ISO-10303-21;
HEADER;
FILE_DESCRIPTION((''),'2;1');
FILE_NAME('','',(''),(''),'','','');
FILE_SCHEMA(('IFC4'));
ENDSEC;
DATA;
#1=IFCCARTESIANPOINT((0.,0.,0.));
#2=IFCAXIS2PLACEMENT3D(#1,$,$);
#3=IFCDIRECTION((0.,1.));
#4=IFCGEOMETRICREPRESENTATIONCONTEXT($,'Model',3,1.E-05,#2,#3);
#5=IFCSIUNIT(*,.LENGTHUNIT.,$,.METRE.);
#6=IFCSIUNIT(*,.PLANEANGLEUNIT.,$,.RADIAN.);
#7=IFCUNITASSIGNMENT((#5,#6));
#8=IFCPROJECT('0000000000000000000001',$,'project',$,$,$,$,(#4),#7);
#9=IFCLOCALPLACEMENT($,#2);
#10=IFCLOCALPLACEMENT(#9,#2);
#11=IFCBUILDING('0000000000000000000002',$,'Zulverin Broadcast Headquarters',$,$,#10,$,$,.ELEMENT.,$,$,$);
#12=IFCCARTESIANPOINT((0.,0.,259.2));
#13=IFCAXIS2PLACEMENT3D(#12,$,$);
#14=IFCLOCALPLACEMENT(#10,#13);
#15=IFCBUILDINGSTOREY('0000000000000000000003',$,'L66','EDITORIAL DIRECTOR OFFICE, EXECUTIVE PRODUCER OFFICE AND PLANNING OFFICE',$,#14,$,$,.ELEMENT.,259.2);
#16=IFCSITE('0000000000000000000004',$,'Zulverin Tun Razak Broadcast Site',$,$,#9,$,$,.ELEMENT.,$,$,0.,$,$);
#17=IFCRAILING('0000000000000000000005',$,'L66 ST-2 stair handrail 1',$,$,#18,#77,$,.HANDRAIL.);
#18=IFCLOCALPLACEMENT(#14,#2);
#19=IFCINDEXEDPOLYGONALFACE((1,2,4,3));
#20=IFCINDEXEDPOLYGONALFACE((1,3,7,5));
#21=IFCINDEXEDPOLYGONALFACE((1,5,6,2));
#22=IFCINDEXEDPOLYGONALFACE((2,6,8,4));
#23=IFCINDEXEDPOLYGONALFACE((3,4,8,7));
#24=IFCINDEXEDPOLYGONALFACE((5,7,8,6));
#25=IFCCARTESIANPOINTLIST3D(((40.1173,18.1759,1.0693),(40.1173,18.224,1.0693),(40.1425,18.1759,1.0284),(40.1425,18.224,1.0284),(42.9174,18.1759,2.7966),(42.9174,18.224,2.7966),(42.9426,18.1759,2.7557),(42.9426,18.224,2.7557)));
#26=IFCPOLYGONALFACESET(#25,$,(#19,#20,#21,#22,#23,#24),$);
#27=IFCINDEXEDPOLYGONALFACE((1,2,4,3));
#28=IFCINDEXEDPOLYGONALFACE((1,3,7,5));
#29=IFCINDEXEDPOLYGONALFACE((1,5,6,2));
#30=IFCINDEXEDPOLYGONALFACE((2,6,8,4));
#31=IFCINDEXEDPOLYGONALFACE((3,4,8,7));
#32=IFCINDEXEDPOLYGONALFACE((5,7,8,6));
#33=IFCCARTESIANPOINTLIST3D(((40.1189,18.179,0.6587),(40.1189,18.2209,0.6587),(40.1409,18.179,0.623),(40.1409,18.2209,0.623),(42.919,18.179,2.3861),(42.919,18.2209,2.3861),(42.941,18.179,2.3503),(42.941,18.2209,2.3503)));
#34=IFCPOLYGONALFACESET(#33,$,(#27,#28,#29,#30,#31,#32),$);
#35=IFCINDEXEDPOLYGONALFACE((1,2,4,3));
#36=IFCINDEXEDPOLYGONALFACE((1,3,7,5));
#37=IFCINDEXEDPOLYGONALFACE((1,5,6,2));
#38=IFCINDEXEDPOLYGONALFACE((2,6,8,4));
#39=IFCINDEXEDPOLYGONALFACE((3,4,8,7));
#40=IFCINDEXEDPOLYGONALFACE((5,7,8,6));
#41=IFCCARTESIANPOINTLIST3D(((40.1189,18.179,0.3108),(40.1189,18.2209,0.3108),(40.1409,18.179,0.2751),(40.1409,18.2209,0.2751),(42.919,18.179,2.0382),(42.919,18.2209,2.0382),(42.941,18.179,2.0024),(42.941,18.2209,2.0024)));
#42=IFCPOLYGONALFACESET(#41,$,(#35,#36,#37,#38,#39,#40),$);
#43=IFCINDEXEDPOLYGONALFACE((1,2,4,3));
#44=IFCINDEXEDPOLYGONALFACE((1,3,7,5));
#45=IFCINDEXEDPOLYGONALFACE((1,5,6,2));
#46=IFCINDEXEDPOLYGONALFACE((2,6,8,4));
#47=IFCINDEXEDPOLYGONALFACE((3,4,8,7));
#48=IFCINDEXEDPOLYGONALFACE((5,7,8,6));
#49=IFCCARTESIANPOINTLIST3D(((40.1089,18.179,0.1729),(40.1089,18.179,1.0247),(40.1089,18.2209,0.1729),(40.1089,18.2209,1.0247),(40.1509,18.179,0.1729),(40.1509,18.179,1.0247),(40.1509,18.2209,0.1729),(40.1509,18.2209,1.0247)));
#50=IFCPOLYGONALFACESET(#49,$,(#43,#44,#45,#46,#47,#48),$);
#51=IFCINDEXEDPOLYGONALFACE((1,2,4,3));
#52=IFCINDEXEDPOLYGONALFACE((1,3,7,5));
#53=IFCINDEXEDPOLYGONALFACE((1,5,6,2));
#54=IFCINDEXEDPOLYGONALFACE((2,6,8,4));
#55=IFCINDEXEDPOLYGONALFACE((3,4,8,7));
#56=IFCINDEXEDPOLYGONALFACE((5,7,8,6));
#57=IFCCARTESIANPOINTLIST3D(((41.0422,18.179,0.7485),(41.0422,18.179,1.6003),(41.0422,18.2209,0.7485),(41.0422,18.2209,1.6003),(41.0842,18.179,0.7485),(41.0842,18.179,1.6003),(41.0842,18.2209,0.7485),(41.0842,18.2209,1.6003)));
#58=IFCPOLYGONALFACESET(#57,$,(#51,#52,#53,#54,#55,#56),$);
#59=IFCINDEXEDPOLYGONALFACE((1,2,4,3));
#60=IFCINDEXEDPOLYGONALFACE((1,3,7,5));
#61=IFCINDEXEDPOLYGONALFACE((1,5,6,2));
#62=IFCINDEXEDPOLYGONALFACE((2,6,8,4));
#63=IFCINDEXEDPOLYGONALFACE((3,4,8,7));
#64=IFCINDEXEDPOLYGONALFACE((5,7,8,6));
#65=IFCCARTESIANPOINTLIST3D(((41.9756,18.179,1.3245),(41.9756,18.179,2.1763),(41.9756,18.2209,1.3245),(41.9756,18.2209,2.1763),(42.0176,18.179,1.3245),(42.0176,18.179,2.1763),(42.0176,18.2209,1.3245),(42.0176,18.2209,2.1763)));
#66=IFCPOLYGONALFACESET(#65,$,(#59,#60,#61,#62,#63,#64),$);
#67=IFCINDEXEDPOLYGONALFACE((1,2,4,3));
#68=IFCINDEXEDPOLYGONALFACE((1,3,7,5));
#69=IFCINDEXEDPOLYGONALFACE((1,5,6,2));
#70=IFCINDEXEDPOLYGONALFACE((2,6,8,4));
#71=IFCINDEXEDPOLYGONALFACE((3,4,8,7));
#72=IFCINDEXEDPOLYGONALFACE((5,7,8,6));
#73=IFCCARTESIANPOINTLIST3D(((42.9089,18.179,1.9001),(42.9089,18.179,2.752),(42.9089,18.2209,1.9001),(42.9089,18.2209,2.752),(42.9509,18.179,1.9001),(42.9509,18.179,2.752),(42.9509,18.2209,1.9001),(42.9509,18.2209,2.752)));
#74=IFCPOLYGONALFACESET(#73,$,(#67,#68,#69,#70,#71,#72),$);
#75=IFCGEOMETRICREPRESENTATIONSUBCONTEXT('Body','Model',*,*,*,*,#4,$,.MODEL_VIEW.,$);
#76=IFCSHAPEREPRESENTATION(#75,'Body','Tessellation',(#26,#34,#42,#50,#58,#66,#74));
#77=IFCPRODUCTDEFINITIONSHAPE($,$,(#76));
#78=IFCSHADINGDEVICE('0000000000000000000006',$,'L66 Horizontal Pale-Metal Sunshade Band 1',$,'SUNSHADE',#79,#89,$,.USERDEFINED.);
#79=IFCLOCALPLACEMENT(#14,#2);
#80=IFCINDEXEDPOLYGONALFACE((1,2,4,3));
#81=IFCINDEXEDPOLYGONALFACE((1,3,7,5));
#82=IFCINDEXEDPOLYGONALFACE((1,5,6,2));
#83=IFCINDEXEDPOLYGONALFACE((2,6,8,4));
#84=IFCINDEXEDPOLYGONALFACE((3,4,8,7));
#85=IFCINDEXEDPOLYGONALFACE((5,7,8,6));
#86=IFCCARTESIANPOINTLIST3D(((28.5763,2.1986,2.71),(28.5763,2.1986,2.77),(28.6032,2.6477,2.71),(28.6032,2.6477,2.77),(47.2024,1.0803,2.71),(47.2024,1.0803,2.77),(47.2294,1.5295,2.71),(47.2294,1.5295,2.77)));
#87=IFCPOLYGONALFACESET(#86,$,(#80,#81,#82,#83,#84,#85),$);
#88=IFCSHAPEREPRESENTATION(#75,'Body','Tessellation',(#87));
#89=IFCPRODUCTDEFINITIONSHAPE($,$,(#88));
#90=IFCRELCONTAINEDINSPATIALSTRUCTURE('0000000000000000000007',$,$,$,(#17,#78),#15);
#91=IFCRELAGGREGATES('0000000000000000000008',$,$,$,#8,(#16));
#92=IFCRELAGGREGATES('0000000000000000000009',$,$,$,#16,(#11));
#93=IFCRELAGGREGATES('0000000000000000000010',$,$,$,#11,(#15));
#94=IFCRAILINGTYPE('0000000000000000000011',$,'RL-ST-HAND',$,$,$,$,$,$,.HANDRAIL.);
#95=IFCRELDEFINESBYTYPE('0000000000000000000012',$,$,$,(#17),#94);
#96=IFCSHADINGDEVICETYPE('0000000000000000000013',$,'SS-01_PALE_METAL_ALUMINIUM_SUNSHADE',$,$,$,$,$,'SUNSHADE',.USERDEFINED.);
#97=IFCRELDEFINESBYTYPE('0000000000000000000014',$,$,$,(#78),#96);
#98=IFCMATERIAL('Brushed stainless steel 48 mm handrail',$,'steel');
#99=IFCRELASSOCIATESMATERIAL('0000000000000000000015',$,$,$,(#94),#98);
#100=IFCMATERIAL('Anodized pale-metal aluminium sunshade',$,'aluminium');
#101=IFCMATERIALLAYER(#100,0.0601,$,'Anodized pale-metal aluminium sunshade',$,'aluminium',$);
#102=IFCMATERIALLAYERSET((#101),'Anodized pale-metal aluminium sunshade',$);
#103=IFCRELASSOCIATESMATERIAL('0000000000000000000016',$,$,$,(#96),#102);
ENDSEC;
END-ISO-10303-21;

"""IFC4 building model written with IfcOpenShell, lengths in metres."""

from ifc_helpers import new_model, si_unit, direction, frame, origin, origin_2d, place, context, subcontext, project, spatial, rectangle, extrude, material, layer, layer_set, type_object, element, save


model = new_model("IFC4")

# Units and contexts
model_context = context("Model", 3, precision=1e-05, world=origin(), true_north=direction((0.0, 1.0)))
body_context = subcontext(model_context, "Body", "Model", "MODEL_VIEW")
ifc_project = project(units=[si_unit("LENGTHUNIT", "METRE"), si_unit("PLANEANGLEUNIT", "RADIAN")], contexts=[model_context])

# Site, building, storey
site_placement = place(None, origin())
site = spatial("IfcSite", under=ifc_project, at=site_placement, Name="Zulverin Tun Razak Broadcast Site", CompositionType="ELEMENT", RefElevation=0.0)
building_placement = place(site_placement, origin())
building = spatial("IfcBuilding", under=site, at=building_placement, Name="Zulverin Broadcast Headquarters", CompositionType="ELEMENT")
storey_placement = place(building_placement, frame((0.0, 0.0, 259.2)))
storey = spatial("IfcBuildingStorey", under=building, at=storey_placement, Name="L66", Description="EDITORIAL DIRECTOR OFFICE, EXECUTIVE PRODUCER OFFICE AND PLANNING OFFICE", CompositionType="ELEMENT", Elevation=259.2)

# Railing
ifc_material_1 = material(Name="Brushed stainless steel 48 mm handrail", Category="steel")
railing_type_1 = type_object("IfcRailingType", Name="RL-ST-HAND", PredefinedType="HANDRAIL", material=ifc_material_1)
railing_1_placement = place(storey_placement, frame((40.1299, 18.2, 0.1729)))
element("IfcRailing", 1, at=railing_1_placement, inside=storey, type_object=railing_type_1, Name="L66 ST-2 stair handrail 1", PredefinedType="HANDRAIL", context=body_context, shape_type="SweptSolid", body=[
    extrude(rectangle(XDim=0.0481, YDim=0.0481, at=origin_2d()), frame((0.0, 0.0, 0.876), z_axis=(0.85109, 0.0, 0.52502), x_axis=(0.0, 1.0, 0.0)), (0.0, 0.0, 1.0), 3.29),
    extrude(rectangle(XDim=0.042, YDim=0.042, at=origin_2d()), frame((0.0, 0.0, 0.468), z_axis=(0.85109, 0.0, 0.52502), x_axis=(0.0, 1.0, 0.0)), (0.0, 0.0, 1.0), 3.29),
    extrude(rectangle(XDim=0.042, YDim=0.042, at=origin_2d()), frame((0.0, 0.0, 0.1201), z_axis=(0.85109, 0.0, 0.52502), x_axis=(0.0, 1.0, 0.0)), (0.0, 0.0, 1.0), 3.29),
    extrude(rectangle(XDim=0.042, YDim=0.042, at=origin_2d()), origin(), (0.0, 0.0, 1.0), 0.8518),
    extrude(rectangle(XDim=0.042, YDim=0.042, at=origin_2d()), frame((0.9333, 0.0, 0.5757)), (0.0, 0.0, 1.0), 0.8518),
    extrude(rectangle(XDim=0.042, YDim=0.042, at=origin_2d()), frame((1.8667, 0.0, 1.1516)), (0.0, 0.0, 1.0), 0.8518),
    extrude(rectangle(XDim=0.042, YDim=0.042, at=origin_2d()), frame((2.8, 0.0, 1.7273)), (0.0, 0.0, 1.0), 0.8518),
])

# Shading device
ifc_material_2 = material(Name="Anodized pale-metal aluminium sunshade", Category="aluminium")
ifc_layer_1 = layer(ifc_material_2, 0.0601, Name="Anodized pale-metal aluminium sunshade", Category="aluminium")
ifc_layer_set_1 = layer_set([ifc_layer_1], Name="Anodized pale-metal aluminium sunshade")
shading_device_type = type_object("IfcShadingDeviceType", Name="SS-01_PALE_METAL_ALUMINIUM_SUNSHADE", ElementType="SUNSHADE", PredefinedType="USERDEFINED", material=ifc_layer_set_1)
shading_device_placement = place(storey_placement, frame((37.9028, 1.864, 2.71), z_axis=(0.0, 0.0, 1.0), x_axis=(0.998203, -0.059928, 0.0)))
element("IfcShadingDevice", 2, at=shading_device_placement, inside=storey, type_object=shading_device_type, Name="L66 Horizontal Pale-Metal Sunshade Band 1", ObjectType="SUNSHADE", PredefinedType="USERDEFINED", context=body_context, shape_type="SweptSolid", body=[
    extrude(rectangle(XDim=18.6597, YDim=0.45, at=origin_2d()), origin(), (0.0, 0.0, 1.0), 0.0601),
])

save(model, "model.ifc")
